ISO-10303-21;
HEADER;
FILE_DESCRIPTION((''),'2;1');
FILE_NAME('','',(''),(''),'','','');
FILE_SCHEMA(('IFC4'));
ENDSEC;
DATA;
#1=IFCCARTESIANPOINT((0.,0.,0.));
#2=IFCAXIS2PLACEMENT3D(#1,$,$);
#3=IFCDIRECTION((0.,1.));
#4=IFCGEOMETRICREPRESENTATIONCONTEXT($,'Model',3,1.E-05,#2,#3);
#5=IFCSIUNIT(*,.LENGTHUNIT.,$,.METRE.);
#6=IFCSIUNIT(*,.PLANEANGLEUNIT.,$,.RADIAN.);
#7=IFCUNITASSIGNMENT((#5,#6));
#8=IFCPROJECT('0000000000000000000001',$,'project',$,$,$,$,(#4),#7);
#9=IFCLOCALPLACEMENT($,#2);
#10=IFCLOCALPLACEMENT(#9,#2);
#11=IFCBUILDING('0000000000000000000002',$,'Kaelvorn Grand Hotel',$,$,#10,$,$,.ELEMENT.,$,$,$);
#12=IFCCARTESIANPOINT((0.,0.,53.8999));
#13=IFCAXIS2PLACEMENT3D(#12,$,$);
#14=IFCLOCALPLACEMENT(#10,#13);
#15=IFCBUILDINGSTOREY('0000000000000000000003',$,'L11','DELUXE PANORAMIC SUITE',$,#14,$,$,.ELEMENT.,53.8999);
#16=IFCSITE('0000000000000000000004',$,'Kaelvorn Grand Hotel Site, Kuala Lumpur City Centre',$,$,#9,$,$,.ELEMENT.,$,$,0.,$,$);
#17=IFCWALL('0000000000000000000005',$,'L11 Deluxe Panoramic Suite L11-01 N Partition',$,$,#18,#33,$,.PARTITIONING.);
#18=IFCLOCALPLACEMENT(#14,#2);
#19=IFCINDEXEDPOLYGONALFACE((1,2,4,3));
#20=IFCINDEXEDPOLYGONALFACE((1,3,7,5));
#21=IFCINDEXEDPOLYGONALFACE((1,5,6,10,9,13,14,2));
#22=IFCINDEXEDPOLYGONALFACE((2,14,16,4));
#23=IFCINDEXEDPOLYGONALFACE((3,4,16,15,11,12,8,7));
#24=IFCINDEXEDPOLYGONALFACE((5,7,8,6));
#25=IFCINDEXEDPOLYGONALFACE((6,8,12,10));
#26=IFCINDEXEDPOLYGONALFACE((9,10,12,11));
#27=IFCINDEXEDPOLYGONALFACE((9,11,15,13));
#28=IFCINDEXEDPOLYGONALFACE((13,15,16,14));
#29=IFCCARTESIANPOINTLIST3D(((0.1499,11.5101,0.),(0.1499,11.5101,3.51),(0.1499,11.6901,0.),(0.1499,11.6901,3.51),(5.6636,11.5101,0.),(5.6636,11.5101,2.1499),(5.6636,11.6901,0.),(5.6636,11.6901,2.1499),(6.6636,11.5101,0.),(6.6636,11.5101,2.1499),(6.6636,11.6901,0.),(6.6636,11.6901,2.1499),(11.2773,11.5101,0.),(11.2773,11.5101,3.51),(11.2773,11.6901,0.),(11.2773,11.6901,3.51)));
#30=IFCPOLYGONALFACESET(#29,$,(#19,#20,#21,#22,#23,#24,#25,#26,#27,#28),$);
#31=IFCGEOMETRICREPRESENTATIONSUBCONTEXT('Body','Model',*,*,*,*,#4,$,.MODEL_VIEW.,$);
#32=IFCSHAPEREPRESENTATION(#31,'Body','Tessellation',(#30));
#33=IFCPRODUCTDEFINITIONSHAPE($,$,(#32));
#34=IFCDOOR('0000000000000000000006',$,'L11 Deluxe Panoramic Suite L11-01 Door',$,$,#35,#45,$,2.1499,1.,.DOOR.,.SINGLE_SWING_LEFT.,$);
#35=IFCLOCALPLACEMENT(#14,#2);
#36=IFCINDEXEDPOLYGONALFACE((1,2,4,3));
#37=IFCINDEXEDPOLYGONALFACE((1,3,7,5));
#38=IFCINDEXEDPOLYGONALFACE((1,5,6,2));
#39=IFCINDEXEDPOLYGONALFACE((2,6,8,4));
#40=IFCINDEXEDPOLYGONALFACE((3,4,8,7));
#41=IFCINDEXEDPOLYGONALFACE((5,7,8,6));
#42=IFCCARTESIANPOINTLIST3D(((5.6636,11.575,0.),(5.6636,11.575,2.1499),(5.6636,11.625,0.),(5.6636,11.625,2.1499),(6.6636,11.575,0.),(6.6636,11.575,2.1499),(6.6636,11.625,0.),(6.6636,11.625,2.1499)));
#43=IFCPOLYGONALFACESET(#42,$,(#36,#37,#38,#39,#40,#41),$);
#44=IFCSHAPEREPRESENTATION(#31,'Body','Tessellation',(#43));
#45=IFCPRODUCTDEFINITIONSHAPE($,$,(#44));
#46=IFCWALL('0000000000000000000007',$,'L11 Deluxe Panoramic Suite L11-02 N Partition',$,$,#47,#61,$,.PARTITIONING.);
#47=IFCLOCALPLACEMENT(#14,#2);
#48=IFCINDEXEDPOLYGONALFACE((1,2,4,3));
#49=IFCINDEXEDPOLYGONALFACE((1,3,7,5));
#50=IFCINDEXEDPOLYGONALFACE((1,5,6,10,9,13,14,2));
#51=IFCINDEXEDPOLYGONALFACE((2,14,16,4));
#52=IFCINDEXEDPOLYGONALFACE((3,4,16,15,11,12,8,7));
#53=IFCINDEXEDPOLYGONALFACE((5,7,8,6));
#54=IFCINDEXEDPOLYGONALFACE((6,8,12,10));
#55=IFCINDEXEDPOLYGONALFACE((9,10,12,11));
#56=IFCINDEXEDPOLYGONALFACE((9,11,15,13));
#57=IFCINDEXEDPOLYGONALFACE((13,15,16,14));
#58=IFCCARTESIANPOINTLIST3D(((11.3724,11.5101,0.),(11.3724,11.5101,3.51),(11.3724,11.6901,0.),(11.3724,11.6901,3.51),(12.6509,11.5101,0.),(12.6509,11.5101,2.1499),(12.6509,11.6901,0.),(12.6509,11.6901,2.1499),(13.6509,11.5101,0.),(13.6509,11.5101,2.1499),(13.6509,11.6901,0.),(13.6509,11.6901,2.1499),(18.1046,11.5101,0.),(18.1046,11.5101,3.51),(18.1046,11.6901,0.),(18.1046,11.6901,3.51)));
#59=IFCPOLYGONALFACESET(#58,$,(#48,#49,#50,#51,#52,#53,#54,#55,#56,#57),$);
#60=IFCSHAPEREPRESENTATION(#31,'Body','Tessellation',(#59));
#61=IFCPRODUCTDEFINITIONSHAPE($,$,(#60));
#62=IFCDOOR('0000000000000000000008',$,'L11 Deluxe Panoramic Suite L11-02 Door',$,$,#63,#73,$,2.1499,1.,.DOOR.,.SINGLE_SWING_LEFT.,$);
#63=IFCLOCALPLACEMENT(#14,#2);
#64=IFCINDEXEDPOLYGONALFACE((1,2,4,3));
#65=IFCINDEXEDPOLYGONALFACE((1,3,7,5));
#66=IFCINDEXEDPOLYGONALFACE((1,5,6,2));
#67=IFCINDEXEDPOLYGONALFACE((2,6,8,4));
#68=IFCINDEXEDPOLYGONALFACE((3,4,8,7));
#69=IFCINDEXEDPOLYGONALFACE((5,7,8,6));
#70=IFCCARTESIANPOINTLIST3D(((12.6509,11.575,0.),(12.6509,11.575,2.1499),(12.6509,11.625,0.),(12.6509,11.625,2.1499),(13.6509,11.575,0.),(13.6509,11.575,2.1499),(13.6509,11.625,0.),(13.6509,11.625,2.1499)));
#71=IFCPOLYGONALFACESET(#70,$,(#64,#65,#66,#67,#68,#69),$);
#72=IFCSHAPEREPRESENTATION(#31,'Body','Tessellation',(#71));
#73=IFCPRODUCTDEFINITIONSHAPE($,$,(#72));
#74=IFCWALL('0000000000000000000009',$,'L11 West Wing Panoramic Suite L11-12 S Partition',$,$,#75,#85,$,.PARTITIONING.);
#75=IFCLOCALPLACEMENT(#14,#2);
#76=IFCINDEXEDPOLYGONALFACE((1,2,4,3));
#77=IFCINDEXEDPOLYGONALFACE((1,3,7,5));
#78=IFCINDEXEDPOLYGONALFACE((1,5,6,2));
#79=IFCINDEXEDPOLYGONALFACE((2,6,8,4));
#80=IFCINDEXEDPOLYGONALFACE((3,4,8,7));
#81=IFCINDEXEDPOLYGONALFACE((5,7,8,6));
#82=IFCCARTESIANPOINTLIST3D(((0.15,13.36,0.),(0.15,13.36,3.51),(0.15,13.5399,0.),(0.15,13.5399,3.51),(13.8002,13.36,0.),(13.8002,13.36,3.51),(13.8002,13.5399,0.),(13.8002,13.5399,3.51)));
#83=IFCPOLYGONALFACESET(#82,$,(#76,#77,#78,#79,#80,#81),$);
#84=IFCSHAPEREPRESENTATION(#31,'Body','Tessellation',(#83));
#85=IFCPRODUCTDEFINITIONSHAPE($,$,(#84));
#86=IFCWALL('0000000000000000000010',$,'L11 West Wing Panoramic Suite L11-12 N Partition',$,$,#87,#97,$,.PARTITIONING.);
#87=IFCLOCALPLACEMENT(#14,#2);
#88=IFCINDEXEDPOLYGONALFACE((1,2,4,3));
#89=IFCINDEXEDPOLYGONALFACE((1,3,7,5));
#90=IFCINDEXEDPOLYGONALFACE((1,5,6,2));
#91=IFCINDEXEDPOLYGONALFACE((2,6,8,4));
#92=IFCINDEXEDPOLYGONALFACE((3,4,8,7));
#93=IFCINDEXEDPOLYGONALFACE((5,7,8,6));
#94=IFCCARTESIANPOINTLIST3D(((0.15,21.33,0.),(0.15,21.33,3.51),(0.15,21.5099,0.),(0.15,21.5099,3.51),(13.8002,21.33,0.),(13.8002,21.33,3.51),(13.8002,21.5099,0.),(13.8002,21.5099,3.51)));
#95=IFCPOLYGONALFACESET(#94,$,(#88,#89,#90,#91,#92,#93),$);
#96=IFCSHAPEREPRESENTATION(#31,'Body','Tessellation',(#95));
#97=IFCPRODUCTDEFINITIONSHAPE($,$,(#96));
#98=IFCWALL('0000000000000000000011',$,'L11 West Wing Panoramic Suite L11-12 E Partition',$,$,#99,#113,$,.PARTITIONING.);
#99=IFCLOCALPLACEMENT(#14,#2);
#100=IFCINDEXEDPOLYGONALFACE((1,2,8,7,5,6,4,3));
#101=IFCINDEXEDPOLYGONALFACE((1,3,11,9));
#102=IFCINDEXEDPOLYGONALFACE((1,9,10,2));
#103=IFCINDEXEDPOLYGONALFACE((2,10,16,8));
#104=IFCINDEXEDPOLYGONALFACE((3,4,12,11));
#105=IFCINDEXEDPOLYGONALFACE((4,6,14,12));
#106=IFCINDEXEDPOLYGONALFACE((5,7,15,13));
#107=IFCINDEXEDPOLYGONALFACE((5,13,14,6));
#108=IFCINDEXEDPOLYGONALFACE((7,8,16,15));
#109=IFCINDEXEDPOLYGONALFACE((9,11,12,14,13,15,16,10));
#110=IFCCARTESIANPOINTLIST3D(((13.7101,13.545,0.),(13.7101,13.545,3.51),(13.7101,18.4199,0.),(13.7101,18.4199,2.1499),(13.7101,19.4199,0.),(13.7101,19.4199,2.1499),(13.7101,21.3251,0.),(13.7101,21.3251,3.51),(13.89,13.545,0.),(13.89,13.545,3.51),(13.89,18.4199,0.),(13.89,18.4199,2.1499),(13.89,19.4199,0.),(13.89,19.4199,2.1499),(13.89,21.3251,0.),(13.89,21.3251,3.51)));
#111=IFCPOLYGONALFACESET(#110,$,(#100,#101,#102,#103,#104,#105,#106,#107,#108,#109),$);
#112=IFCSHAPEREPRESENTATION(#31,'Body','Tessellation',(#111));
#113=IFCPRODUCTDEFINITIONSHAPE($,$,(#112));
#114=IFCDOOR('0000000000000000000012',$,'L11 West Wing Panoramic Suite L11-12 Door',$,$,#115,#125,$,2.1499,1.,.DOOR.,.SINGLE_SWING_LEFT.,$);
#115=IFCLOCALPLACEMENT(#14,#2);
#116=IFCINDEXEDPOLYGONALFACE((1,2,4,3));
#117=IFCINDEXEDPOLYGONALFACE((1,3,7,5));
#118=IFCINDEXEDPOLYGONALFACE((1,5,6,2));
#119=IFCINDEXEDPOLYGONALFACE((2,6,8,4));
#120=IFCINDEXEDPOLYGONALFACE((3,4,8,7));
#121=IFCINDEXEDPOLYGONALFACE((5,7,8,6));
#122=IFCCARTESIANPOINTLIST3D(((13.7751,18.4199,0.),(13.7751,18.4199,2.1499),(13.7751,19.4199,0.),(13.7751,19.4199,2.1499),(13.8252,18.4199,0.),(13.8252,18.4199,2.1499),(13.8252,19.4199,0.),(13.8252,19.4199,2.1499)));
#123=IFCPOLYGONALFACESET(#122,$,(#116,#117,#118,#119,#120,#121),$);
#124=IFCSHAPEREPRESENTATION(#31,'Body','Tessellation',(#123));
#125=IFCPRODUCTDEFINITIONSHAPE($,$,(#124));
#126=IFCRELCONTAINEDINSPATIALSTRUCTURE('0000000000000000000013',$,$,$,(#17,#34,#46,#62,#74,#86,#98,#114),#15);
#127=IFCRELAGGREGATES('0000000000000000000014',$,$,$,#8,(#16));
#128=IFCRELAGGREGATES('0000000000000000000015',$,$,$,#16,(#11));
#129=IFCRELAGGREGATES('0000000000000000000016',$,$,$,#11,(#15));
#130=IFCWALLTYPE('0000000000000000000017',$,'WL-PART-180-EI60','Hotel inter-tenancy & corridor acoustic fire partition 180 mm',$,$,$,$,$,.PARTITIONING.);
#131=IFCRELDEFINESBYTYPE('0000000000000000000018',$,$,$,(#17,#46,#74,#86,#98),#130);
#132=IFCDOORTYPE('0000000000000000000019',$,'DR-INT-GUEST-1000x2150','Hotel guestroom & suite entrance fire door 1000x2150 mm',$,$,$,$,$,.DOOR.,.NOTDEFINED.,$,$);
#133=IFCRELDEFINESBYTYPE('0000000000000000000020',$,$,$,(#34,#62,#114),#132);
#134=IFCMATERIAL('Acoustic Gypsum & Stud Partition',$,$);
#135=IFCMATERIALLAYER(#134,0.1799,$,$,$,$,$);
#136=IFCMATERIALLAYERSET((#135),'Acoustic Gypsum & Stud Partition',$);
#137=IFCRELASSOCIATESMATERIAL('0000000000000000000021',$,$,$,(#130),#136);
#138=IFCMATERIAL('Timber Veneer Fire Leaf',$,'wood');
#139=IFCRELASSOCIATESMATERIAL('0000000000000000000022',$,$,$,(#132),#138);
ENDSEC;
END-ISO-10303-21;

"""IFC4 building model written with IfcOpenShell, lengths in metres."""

from ifc_helpers import new_model, si_unit, direction, frame, frame_2d, origin, place, context, subcontext, project, spatial, rectangle, extrude, material, layer, layer_set, type_object, element, fill, save


model = new_model("IFC4")

# Units and contexts
model_context = context("Model", 3, precision=1e-05, world=origin(), true_north=direction((0.0, 1.0)))
body_context = subcontext(model_context, "Body", "Model", "MODEL_VIEW")
ifc_project = project(units=[si_unit("LENGTHUNIT", "METRE"), si_unit("PLANEANGLEUNIT", "RADIAN")], contexts=[model_context])

# Site, building, storey
site_placement = place(None, origin())
site = spatial("IfcSite", under=ifc_project, at=site_placement, Name="Kaelvorn Grand Hotel Site, Kuala Lumpur City Centre", CompositionType="ELEMENT", RefElevation=0.0)
building_placement = place(site_placement, origin())
building = spatial("IfcBuilding", under=site, at=building_placement, Name="Kaelvorn Grand Hotel", CompositionType="ELEMENT")
storey_placement = place(building_placement, frame((0.0, 0.0, 53.8999)))
storey = spatial("IfcBuildingStorey", under=building, at=storey_placement, Name="L11", Description="DELUXE PANORAMIC SUITE", CompositionType="ELEMENT", Elevation=53.8999)

# Shared definitions
ifc_material_1 = material(Name="Acoustic Gypsum & Stud Partition")
ifc_material_2 = material(Name="Timber Veneer Fire Leaf", Category="wood")

# Walls, openings, doors
ifc_layer_1 = layer(ifc_material_1, 0.1799)
ifc_layer_set_1 = layer_set([ifc_layer_1], Name="Acoustic Gypsum & Stud Partition")
wall_type_1 = type_object("IfcWallType", Name="WL-PART-180-EI60", Description="Hotel inter-tenancy & corridor acoustic fire partition 180 mm", PredefinedType="PARTITIONING", material=ifc_layer_set_1)
wall_1_placement = place(storey_placement, frame((0.1499, 11.6001, 0.0), z_axis=(0.0, 0.0, 1.0), x_axis=(1.0, 0.0, 0.0)))
wall_1 = element("IfcWall", 1, at=wall_1_placement, inside=storey, type_object=wall_type_1, Name="L11 Deluxe Panoramic Suite L11-01 N Partition", PredefinedType="PARTITIONING", context=body_context, shape_type="SweptSolid", body=[
    extrude(rectangle(XDim=11.1274, YDim=0.1799, at=frame_2d((5.5637, 0.0))), origin(), (0.0, 0.0, 1.0), 3.51),
])
opening_1_placement = place(wall_1_placement, frame((5.5137, 0.0, 0.0)))
opening_1 = element("IfcOpeningElement", 2, at=opening_1_placement, cuts=wall_1, PredefinedType="OPENING", context=body_context, shape_type="SweptSolid", body=[
    extrude(rectangle(XDim=1.0, YDim=2.1499, at=frame_2d((0.5, 1.075))), frame((0.0, 0.1001, 0.0), z_axis=(0.0, -1.0, 0.0), x_axis=(1.0, 0.0, 0.0)), (0.0, 0.0, 1.0), 0.2),
])
door_type_1 = type_object("IfcDoorType", Name="DR-INT-GUEST-1000x2150", Description="Hotel guestroom & suite entrance fire door 1000x2150 mm", OperationType="NOTDEFINED", PredefinedType="DOOR", material=ifc_material_2)
door_1_placement = place(opening_1_placement, origin())
door_1 = element("IfcDoor", 3, at=door_1_placement, inside=storey, type_object=door_type_1, Name="L11 Deluxe Panoramic Suite L11-01 Door", OperationType="SINGLE_SWING_LEFT", OverallHeight=2.1499, OverallWidth=1.0, PredefinedType="DOOR", context=body_context, shape_type="SweptSolid", body=[
    extrude(rectangle(XDim=1.0, YDim=2.1499, at=frame_2d((0.5, 1.075))), frame((0.0, 0.0249, 0.0), z_axis=(0.0, -1.0, 0.0), x_axis=(1.0, 0.0, 0.0)), (0.0, 0.0, 1.0), 0.05),
])
fill(opening_1, door_1)
wall_2_placement = place(storey_placement, frame((11.3723, 11.6001, 0.0), z_axis=(0.0, 0.0, 1.0), x_axis=(1.0, 0.0, 0.0)))
wall_2 = element("IfcWall", 4, at=wall_2_placement, inside=storey, type_object=wall_type_1, Name="L11 Deluxe Panoramic Suite L11-02 N Partition", PredefinedType="PARTITIONING", context=body_context, shape_type="SweptSolid", body=[
    extrude(rectangle(XDim=6.7322, YDim=0.1799, at=frame_2d((3.3662, 0.0))), origin(), (0.0, 0.0, 1.0), 3.51),
])
opening_2_placement = place(wall_2_placement, frame((1.2786, 0.0, 0.0)))
opening_2 = element("IfcOpeningElement", 5, at=opening_2_placement, cuts=wall_2, PredefinedType="OPENING", context=body_context, shape_type="SweptSolid", body=[
    extrude(rectangle(XDim=1.0, YDim=2.1499, at=frame_2d((0.5, 1.075))), frame((0.0, 0.1001, 0.0), z_axis=(0.0, -1.0, 0.0), x_axis=(1.0, 0.0, 0.0)), (0.0, 0.0, 1.0), 0.2),
])
door_2_placement = place(opening_2_placement, origin())
door_2 = element("IfcDoor", 6, at=door_2_placement, inside=storey, type_object=door_type_1, Name="L11 Deluxe Panoramic Suite L11-02 Door", OperationType="SINGLE_SWING_LEFT", OverallHeight=2.1499, OverallWidth=1.0, PredefinedType="DOOR", context=body_context, shape_type="SweptSolid", body=[
    extrude(rectangle(XDim=1.0, YDim=2.1499, at=frame_2d((0.5, 1.075))), frame((0.0, 0.0249, 0.0), z_axis=(0.0, -1.0, 0.0), x_axis=(1.0, 0.0, 0.0)), (0.0, 0.0, 1.0), 0.05),
])
fill(opening_2, door_2)

# Walls
for number, where, z_axis, x_axis, name in (
    (7, (0.1499, 13.45, 0.0), (0.0, 0.0, 1.0), (1.0, 0.0, 0.0), "L11 West Wing Panoramic Suite L11-12 S Partition"),
    (8, (0.1499, 21.4199, 0.0), (0.0, 0.0, 1.0), (1.0, 0.0, 0.0), "L11 West Wing Panoramic Suite L11-12 N Partition"),
):
    element("IfcWall", number, at=place(storey_placement, frame(where, z_axis=z_axis, x_axis=x_axis)), inside=storey, type_object=wall_type_1, Name=name, PredefinedType="PARTITIONING", context=body_context, shape_type="SweptSolid", body=[
        extrude(rectangle(XDim=13.6501, YDim=0.1799, at=frame_2d((6.8252, 0.0))), origin(), (0.0, 0.0, 1.0), 3.51),
    ])

# Wall, opening, door
wall_3_placement = place(storey_placement, frame((13.8, 13.5449, 0.0), z_axis=(0.0, 0.0, 1.0), x_axis=(0.0, 1.0, 0.0)))
wall_3 = element("IfcWall", 9, at=wall_3_placement, inside=storey, type_object=wall_type_1, Name="L11 West Wing Panoramic Suite L11-12 E Partition", PredefinedType="PARTITIONING", context=body_context, shape_type="SweptSolid", body=[
    extrude(rectangle(XDim=7.78, YDim=0.1799, at=frame_2d((3.8901, 0.0))), origin(), (0.0, 0.0, 1.0), 3.51),
])
opening_3_placement = place(wall_3_placement, frame((4.875, 0.0, 0.0)))
opening_3 = element("IfcOpeningElement", 10, at=opening_3_placement, cuts=wall_3, PredefinedType="OPENING", context=body_context, shape_type="SweptSolid", body=[
    extrude(rectangle(XDim=1.0, YDim=2.1499, at=frame_2d((0.5, 1.075))), frame((0.0, 0.1001, 0.0), z_axis=(0.0, -1.0, 0.0), x_axis=(1.0, 0.0, 0.0)), (0.0, 0.0, 1.0), 0.2),
])
door_3_placement = place(opening_3_placement, origin())
door_3 = element("IfcDoor", 11, at=door_3_placement, inside=storey, type_object=door_type_1, Name="L11 West Wing Panoramic Suite L11-12 Door", OperationType="SINGLE_SWING_LEFT", OverallHeight=2.1499, OverallWidth=1.0, PredefinedType="DOOR", context=body_context, shape_type="SweptSolid", body=[
    extrude(rectangle(XDim=1.0, YDim=2.1499, at=frame_2d((0.5, 1.075))), frame((0.0, 0.0249, 0.0), z_axis=(0.0, -1.0, 0.0), x_axis=(1.0, 0.0, 0.0)), (0.0, 0.0, 1.0), 0.05),
])
fill(opening_3, door_3)

save(model, "model.ifc")
